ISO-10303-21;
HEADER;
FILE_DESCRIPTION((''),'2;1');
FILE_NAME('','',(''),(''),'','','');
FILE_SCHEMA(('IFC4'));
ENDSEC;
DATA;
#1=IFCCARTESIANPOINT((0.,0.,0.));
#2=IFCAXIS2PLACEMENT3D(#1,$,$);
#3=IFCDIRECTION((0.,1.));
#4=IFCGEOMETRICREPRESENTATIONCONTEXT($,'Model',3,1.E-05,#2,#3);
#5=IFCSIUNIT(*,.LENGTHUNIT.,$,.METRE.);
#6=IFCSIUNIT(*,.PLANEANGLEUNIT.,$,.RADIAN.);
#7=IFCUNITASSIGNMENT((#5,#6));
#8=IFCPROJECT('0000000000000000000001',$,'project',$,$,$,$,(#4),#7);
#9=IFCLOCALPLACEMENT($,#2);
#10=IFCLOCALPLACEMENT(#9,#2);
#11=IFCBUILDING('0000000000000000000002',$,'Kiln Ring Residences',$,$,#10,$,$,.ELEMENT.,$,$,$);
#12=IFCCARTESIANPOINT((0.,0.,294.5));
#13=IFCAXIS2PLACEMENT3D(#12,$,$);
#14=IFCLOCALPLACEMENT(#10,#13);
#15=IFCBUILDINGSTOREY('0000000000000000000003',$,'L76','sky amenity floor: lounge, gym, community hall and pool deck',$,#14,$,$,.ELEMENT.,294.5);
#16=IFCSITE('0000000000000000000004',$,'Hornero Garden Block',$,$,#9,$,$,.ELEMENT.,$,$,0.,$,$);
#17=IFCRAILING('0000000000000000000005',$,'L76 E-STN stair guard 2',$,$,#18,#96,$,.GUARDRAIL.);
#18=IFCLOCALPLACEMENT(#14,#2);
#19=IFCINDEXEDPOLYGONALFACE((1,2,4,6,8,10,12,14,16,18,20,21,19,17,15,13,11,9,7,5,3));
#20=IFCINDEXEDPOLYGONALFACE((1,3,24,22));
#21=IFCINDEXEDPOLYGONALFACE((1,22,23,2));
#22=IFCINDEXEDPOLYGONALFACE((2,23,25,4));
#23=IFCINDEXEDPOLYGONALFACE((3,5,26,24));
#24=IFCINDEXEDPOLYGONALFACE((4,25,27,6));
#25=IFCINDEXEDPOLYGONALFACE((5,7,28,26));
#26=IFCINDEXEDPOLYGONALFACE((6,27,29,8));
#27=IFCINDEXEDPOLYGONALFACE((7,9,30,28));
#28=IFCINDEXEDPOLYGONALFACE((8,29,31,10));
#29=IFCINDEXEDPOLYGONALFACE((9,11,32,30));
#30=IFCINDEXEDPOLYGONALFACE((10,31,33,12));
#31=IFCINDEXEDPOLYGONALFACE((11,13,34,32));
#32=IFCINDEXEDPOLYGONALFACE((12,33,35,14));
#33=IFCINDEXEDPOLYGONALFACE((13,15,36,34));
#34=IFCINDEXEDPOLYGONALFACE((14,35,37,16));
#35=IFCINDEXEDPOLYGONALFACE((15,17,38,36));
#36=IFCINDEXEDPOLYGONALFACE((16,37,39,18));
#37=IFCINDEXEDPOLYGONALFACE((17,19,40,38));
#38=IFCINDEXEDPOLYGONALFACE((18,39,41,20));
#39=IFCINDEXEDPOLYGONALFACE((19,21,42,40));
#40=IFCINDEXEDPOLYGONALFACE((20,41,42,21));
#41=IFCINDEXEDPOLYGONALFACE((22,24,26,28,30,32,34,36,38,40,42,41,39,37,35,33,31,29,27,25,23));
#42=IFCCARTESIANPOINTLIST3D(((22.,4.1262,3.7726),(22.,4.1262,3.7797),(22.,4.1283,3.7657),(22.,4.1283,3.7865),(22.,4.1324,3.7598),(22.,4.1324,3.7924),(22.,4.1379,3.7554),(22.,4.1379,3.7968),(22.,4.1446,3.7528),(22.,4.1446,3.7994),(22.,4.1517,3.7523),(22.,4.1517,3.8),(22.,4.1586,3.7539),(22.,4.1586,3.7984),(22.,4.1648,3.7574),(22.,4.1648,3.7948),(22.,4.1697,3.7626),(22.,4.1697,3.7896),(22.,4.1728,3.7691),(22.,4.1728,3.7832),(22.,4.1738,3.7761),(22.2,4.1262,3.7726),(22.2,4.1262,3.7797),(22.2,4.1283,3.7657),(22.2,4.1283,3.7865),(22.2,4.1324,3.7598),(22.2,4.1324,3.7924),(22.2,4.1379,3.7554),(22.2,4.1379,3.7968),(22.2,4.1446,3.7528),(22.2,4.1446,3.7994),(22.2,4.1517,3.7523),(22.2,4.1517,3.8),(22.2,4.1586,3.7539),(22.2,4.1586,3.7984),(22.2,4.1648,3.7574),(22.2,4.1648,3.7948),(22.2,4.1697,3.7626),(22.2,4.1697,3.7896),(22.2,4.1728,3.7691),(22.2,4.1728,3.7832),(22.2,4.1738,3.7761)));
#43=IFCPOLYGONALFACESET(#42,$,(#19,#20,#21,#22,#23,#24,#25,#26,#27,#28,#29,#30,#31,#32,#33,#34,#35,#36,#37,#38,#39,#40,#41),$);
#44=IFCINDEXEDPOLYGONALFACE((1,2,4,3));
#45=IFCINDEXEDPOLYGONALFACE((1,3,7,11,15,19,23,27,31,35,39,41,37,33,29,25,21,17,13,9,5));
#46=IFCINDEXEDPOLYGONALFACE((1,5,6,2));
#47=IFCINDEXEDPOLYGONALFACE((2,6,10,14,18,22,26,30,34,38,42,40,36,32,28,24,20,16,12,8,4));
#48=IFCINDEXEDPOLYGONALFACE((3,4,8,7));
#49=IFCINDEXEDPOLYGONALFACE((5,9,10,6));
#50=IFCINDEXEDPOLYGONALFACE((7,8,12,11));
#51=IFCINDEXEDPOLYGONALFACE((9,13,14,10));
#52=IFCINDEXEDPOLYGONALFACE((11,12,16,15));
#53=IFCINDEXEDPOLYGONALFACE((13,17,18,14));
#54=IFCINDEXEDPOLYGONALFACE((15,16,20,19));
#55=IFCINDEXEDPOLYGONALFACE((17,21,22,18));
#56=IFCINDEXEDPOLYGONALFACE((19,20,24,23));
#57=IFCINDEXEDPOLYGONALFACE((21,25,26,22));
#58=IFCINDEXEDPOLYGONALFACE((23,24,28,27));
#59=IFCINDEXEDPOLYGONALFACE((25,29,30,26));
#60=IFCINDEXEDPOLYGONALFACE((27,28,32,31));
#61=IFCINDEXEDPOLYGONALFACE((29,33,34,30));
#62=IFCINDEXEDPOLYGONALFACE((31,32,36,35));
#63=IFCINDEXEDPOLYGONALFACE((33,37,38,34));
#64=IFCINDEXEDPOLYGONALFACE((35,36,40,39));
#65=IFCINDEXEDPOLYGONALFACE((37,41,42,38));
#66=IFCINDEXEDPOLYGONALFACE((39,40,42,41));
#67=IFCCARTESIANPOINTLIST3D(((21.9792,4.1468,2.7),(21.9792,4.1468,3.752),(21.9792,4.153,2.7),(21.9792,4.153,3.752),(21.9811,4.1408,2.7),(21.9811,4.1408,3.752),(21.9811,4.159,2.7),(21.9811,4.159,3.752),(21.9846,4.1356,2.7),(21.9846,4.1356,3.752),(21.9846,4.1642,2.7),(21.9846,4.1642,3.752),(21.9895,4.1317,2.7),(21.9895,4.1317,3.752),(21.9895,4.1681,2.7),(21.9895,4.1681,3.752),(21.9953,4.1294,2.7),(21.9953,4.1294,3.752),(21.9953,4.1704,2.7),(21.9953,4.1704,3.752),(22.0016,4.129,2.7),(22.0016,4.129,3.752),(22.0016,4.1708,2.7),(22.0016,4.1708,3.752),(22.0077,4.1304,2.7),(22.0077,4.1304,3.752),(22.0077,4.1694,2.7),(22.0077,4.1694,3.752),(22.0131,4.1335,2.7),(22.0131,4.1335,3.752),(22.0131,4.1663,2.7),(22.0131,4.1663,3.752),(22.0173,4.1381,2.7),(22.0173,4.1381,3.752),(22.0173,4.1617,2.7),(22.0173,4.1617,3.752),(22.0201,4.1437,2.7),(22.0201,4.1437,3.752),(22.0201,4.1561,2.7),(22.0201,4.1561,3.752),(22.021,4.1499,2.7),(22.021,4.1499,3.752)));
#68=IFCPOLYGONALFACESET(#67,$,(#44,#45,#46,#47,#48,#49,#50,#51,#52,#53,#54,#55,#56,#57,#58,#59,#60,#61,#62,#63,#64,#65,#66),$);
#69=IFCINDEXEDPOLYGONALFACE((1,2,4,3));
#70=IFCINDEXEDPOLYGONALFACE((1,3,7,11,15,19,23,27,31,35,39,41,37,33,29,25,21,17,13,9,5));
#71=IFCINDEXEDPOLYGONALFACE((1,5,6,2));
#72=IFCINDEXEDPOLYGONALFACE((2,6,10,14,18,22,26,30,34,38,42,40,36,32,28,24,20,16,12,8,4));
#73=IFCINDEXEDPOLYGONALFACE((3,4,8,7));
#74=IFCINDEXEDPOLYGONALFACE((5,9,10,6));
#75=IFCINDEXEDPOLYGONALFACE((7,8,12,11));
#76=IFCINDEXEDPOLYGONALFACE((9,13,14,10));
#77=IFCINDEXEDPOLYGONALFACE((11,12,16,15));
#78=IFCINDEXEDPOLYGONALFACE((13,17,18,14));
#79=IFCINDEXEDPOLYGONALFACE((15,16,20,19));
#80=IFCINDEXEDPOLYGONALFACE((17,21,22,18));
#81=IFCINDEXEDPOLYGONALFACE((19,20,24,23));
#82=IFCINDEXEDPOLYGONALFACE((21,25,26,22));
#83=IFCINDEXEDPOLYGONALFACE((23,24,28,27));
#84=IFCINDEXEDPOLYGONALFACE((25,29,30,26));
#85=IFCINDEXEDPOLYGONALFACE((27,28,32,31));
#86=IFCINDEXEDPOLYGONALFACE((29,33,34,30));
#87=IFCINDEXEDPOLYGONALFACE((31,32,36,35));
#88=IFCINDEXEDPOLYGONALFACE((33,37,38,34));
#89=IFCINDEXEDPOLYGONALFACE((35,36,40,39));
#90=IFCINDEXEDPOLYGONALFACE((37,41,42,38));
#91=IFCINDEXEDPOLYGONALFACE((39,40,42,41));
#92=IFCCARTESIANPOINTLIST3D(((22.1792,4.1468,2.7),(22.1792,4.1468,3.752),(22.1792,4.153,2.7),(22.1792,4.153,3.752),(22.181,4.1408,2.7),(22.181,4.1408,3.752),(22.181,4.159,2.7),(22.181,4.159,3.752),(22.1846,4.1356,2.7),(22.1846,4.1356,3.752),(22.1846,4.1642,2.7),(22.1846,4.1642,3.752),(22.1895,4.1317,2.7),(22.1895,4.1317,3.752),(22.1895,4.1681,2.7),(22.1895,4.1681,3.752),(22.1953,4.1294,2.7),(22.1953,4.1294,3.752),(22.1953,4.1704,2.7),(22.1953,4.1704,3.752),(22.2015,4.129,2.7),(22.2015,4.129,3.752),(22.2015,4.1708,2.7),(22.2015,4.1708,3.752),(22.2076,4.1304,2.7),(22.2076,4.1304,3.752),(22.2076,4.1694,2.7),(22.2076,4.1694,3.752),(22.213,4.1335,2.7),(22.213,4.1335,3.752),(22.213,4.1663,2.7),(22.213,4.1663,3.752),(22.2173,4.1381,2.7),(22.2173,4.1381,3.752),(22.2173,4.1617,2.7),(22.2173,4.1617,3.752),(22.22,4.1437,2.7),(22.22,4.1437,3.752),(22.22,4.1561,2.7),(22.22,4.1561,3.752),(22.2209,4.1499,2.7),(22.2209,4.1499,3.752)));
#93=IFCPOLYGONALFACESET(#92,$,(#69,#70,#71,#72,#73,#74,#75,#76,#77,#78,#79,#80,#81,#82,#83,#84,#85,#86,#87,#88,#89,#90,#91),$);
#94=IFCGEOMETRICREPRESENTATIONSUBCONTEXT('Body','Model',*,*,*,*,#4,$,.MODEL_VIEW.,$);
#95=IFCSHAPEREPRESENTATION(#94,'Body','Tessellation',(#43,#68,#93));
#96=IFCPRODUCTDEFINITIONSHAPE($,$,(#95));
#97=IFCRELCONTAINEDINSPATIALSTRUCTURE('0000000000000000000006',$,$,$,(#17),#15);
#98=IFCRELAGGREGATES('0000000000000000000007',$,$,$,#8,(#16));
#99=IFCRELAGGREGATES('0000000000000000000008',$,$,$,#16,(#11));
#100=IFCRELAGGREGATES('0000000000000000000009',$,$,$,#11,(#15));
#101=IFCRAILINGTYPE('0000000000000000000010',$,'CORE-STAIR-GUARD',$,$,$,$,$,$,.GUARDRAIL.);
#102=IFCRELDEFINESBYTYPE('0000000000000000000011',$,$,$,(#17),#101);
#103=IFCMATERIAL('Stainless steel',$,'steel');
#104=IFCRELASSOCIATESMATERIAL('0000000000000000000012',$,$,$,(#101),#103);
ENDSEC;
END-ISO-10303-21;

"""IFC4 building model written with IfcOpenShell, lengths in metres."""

from ifc_helpers import new_model, si_unit, direction, frame, origin, origin_2d, place, context, subcontext, project, spatial, circle, extrude, material, type_object, element, save


model = new_model("IFC4")

# Units and contexts
model_context = context("Model", 3, precision=1e-05, world=origin(), true_north=direction((0.0, 1.0)))
body_context = subcontext(model_context, "Body", "Model", "MODEL_VIEW")
ifc_project = project(units=[si_unit("LENGTHUNIT", "METRE"), si_unit("PLANEANGLEUNIT", "RADIAN")], contexts=[model_context])

# Site, building, storey
site_placement = place(None, origin())
site = spatial("IfcSite", under=ifc_project, at=site_placement, Name="Hornero Garden Block", CompositionType="ELEMENT", RefElevation=0.0)
building_placement = place(site_placement, origin())
building = spatial("IfcBuilding", under=site, at=building_placement, Name="Kiln Ring Residences", CompositionType="ELEMENT")
storey_placement = place(building_placement, frame((0.0, 0.0, 294.5)))
storey = spatial("IfcBuildingStorey", under=building, at=storey_placement, Name="L76", Description="sky amenity floor: lounge, gym, community hall and pool deck", CompositionType="ELEMENT", Elevation=294.5)

# Railing
ifc_material_1 = material(Name="Stainless steel", Category="steel")
railing_type_1 = type_object("IfcRailingType", Name="CORE-STAIR-GUARD", PredefinedType="GUARDRAIL", material=ifc_material_1)
railing_1_placement = place(storey_placement, frame((22.0, 4.1499, 2.7)))
element("IfcRailing", 1, at=railing_1_placement, inside=storey, type_object=railing_type_1, Name="L76 E-STN stair guard 2", PredefinedType="GUARDRAIL", context=body_context, shape_type="SweptSolid", body=[
    extrude(circle(Radius=0.0239, at=origin_2d()), frame((0.0, 0.0, 1.0762), z_axis=(1.0, 0.0, 0.0), x_axis=(0.0, 1.0, 0.0)), (0.0, 0.0, 1.0), 0.2),
    extrude(circle(Radius=0.021, at=origin_2d()), origin(), (0.0, 0.0, 1.0), 1.052),
    extrude(circle(Radius=0.021, at=origin_2d()), frame((0.2, 0.0, 0.0)), (0.0, 0.0, 1.0), 1.052),
])

save(model, "model.ifc")
